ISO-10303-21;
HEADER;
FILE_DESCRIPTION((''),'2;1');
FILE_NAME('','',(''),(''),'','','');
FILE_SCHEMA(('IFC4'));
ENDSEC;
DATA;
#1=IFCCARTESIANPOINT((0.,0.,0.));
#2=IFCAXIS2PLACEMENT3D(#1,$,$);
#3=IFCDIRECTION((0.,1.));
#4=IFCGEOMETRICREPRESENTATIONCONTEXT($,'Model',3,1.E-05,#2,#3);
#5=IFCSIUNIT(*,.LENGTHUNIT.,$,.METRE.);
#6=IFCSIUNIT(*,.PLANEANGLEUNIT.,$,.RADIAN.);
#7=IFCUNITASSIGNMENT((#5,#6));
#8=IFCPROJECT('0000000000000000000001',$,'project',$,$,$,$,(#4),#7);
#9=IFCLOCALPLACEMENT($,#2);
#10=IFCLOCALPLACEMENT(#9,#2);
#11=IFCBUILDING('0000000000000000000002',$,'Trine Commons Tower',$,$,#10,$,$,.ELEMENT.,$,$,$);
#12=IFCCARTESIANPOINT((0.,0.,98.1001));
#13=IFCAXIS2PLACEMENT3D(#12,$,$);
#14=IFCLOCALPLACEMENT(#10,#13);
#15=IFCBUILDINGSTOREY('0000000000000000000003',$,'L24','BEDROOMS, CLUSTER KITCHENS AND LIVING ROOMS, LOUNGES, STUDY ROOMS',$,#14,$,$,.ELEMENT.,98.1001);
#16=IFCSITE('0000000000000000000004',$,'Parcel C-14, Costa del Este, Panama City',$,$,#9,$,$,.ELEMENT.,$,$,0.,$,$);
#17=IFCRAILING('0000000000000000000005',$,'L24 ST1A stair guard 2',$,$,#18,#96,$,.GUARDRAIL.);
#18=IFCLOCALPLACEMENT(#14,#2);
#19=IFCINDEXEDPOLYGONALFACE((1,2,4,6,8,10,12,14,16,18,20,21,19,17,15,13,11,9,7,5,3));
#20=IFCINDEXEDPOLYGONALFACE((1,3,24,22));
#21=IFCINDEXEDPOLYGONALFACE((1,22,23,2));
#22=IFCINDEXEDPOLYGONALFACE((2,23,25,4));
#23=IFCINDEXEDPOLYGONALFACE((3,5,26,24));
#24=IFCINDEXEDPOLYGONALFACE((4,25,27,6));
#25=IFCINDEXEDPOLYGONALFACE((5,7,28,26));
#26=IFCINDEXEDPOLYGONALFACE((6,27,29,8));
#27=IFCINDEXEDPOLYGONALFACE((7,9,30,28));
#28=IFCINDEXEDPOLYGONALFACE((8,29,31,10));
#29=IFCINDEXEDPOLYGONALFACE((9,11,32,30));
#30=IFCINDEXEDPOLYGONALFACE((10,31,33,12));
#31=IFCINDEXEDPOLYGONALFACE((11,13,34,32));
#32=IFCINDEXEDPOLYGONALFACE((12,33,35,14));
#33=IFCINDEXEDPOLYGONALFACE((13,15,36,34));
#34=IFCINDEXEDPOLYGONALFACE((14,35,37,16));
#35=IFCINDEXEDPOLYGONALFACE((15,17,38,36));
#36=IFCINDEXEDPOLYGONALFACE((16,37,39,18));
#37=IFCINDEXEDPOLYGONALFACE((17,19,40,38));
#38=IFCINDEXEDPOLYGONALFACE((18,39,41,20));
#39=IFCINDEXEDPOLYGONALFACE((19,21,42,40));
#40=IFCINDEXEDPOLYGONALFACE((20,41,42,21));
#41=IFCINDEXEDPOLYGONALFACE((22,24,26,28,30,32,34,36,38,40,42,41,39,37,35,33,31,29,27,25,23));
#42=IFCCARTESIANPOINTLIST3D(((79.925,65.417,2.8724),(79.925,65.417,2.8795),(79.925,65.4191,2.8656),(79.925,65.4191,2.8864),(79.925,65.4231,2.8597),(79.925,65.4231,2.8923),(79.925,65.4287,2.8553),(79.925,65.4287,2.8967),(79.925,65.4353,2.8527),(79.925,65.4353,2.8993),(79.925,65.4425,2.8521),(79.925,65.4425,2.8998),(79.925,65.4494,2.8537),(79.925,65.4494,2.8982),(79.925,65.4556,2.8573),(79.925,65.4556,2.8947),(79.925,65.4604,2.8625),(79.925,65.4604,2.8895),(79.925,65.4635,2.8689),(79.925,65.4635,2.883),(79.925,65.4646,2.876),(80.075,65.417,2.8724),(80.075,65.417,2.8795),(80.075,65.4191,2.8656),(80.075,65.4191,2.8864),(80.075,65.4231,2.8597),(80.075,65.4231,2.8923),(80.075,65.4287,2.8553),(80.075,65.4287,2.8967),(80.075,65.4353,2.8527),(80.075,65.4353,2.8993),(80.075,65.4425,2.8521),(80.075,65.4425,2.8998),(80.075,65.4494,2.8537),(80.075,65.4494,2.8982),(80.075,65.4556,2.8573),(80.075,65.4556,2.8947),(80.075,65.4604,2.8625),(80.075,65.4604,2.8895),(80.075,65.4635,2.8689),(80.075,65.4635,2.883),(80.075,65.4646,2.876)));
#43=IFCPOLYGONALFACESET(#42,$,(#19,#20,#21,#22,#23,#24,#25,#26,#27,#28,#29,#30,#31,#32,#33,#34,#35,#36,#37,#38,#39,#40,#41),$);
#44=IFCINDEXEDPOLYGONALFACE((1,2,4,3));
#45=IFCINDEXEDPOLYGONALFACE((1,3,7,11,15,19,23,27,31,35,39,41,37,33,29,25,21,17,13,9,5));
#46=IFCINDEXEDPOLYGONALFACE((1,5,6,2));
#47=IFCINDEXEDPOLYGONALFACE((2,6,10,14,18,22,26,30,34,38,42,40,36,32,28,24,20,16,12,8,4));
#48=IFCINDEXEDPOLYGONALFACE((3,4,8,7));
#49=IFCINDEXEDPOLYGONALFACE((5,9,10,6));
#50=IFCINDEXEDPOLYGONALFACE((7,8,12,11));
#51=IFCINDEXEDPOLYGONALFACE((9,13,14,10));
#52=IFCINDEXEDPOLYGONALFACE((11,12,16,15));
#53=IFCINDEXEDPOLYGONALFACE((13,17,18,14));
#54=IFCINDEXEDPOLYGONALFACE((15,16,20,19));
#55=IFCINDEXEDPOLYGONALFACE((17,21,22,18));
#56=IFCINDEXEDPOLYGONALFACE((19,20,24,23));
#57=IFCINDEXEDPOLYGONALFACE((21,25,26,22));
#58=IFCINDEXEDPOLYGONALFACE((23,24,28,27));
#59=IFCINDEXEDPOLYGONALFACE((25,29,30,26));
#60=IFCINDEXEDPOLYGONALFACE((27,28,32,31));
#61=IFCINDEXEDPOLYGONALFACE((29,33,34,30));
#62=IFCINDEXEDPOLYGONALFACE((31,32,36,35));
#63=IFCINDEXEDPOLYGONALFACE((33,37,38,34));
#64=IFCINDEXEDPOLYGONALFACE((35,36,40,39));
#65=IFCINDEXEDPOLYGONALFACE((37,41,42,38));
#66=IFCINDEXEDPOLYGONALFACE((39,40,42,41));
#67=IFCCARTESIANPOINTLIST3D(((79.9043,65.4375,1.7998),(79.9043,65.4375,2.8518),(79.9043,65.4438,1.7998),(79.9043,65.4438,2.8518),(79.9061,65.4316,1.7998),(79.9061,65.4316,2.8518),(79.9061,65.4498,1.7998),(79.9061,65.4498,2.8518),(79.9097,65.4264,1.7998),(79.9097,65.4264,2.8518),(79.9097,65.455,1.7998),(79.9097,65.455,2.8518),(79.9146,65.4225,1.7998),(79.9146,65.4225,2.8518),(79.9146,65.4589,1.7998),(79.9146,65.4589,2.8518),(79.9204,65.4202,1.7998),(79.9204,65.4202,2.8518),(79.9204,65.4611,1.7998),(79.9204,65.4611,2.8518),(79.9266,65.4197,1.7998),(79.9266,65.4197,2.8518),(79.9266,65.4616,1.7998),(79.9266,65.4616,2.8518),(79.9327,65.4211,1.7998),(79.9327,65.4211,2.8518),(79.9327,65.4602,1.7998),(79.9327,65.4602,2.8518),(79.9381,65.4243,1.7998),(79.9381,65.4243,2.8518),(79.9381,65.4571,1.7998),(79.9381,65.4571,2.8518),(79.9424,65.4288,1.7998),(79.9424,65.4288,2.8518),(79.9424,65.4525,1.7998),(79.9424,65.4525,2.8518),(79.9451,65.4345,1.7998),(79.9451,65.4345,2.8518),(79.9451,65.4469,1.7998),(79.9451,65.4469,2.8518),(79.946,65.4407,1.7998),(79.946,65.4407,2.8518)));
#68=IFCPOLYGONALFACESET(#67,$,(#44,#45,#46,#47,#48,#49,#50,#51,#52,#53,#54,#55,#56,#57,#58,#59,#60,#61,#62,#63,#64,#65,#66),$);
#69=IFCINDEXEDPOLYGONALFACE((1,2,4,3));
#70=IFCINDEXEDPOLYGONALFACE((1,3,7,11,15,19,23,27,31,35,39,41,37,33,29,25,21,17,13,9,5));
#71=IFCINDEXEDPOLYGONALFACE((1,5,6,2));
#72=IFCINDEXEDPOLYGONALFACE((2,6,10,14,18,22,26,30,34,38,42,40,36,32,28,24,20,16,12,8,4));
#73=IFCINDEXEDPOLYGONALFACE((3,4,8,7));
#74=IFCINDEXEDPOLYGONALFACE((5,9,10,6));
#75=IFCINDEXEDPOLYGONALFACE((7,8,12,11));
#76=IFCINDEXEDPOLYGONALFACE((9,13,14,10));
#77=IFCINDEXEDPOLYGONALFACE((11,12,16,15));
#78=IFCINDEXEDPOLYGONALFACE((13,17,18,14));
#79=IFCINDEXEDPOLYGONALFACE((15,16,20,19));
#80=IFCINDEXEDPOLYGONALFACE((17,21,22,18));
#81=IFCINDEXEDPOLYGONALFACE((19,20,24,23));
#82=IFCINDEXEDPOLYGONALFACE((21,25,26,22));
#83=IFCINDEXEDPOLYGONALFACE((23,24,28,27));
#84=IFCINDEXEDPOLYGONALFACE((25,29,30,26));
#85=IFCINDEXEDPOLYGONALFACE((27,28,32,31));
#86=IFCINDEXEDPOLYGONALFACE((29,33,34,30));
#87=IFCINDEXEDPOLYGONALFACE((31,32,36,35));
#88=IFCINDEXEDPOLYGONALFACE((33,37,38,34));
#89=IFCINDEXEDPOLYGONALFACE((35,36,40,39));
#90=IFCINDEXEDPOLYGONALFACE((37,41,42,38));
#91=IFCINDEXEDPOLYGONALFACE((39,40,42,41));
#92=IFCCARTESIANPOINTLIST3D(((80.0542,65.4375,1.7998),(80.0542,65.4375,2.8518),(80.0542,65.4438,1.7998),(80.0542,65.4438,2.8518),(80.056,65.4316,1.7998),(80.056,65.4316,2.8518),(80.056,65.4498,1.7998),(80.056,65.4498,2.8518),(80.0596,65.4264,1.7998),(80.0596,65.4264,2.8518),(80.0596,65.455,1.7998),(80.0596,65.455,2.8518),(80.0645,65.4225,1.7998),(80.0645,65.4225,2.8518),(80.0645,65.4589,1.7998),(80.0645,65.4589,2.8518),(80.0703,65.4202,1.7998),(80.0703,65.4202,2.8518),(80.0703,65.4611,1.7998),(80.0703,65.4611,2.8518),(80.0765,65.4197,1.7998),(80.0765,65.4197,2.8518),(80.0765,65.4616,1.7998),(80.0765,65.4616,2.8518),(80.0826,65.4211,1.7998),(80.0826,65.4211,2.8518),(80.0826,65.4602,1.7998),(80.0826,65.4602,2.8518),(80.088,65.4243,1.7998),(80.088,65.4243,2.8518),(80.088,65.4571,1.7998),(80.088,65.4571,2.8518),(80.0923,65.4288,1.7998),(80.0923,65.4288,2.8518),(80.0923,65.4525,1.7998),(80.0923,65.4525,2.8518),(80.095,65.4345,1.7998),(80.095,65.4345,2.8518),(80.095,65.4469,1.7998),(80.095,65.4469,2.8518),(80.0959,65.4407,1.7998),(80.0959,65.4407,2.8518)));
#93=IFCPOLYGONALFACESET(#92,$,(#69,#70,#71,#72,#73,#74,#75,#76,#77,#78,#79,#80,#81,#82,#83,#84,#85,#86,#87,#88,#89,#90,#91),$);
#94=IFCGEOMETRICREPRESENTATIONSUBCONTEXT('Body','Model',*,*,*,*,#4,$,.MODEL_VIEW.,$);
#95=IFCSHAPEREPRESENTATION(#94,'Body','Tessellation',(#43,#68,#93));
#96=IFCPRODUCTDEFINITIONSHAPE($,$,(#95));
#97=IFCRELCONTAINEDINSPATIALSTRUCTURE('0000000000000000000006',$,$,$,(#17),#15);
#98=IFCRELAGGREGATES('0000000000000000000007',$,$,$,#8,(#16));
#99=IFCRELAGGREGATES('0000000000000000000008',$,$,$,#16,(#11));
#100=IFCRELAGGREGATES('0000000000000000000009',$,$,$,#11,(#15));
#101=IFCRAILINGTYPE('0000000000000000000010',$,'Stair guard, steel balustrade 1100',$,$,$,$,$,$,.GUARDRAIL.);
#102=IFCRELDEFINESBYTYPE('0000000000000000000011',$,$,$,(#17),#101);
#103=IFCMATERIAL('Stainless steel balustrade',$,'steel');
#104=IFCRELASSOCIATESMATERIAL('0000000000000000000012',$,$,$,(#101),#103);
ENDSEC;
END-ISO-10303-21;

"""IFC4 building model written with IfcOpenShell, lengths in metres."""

from ifc_helpers import new_model, si_unit, direction, frame, origin, origin_2d, place, context, subcontext, project, spatial, circle, extrude, material, type_object, element, save


model = new_model("IFC4")

# Units and contexts
model_context = context("Model", 3, precision=1e-05, world=origin(), true_north=direction((0.0, 1.0)))
body_context = subcontext(model_context, "Body", "Model", "MODEL_VIEW")
ifc_project = project(units=[si_unit("LENGTHUNIT", "METRE"), si_unit("PLANEANGLEUNIT", "RADIAN")], contexts=[model_context])

# Site, building, storey
site_placement = place(None, origin())
site = spatial("IfcSite", under=ifc_project, at=site_placement, Name="Parcel C-14, Costa del Este, Panama City", CompositionType="ELEMENT", RefElevation=0.0)
building_placement = place(site_placement, origin())
building = spatial("IfcBuilding", under=site, at=building_placement, Name="Trine Commons Tower", CompositionType="ELEMENT")
storey_placement = place(building_placement, frame((0.0, 0.0, 98.1001)))
storey = spatial("IfcBuildingStorey", under=building, at=storey_placement, Name="L24", Description="BEDROOMS, CLUSTER KITCHENS AND LIVING ROOMS, LOUNGES, STUDY ROOMS", CompositionType="ELEMENT", Elevation=98.1001)

# Railing
ifc_material_1 = material(Name="Stainless steel balustrade", Category="steel")
railing_type_1 = type_object("IfcRailingType", Name="Stair guard, steel balustrade 1100", PredefinedType="GUARDRAIL", material=ifc_material_1)
railing_1_placement = place(storey_placement, frame((79.925, 65.4407, 1.7998)))
element("IfcRailing", 1, at=railing_1_placement, inside=storey, type_object=railing_type_1, Name="L24 ST1A stair guard 2", PredefinedType="GUARDRAIL", context=body_context, shape_type="SweptSolid", body=[
    extrude(circle(Radius=0.0239, at=origin_2d()), frame((0.0, 0.0, 1.0762), z_axis=(1.0, 0.0, 0.0), x_axis=(0.0, 1.0, 0.0)), (0.0, 0.0, 1.0), 0.1499),
    extrude(circle(Radius=0.021, at=origin_2d()), origin(), (0.0, 0.0, 1.0), 1.052),
    extrude(circle(Radius=0.021, at=origin_2d()), frame((0.1499, 0.0, 0.0)), (0.0, 0.0, 1.0), 1.052),
])

save(model, "model.ifc")
